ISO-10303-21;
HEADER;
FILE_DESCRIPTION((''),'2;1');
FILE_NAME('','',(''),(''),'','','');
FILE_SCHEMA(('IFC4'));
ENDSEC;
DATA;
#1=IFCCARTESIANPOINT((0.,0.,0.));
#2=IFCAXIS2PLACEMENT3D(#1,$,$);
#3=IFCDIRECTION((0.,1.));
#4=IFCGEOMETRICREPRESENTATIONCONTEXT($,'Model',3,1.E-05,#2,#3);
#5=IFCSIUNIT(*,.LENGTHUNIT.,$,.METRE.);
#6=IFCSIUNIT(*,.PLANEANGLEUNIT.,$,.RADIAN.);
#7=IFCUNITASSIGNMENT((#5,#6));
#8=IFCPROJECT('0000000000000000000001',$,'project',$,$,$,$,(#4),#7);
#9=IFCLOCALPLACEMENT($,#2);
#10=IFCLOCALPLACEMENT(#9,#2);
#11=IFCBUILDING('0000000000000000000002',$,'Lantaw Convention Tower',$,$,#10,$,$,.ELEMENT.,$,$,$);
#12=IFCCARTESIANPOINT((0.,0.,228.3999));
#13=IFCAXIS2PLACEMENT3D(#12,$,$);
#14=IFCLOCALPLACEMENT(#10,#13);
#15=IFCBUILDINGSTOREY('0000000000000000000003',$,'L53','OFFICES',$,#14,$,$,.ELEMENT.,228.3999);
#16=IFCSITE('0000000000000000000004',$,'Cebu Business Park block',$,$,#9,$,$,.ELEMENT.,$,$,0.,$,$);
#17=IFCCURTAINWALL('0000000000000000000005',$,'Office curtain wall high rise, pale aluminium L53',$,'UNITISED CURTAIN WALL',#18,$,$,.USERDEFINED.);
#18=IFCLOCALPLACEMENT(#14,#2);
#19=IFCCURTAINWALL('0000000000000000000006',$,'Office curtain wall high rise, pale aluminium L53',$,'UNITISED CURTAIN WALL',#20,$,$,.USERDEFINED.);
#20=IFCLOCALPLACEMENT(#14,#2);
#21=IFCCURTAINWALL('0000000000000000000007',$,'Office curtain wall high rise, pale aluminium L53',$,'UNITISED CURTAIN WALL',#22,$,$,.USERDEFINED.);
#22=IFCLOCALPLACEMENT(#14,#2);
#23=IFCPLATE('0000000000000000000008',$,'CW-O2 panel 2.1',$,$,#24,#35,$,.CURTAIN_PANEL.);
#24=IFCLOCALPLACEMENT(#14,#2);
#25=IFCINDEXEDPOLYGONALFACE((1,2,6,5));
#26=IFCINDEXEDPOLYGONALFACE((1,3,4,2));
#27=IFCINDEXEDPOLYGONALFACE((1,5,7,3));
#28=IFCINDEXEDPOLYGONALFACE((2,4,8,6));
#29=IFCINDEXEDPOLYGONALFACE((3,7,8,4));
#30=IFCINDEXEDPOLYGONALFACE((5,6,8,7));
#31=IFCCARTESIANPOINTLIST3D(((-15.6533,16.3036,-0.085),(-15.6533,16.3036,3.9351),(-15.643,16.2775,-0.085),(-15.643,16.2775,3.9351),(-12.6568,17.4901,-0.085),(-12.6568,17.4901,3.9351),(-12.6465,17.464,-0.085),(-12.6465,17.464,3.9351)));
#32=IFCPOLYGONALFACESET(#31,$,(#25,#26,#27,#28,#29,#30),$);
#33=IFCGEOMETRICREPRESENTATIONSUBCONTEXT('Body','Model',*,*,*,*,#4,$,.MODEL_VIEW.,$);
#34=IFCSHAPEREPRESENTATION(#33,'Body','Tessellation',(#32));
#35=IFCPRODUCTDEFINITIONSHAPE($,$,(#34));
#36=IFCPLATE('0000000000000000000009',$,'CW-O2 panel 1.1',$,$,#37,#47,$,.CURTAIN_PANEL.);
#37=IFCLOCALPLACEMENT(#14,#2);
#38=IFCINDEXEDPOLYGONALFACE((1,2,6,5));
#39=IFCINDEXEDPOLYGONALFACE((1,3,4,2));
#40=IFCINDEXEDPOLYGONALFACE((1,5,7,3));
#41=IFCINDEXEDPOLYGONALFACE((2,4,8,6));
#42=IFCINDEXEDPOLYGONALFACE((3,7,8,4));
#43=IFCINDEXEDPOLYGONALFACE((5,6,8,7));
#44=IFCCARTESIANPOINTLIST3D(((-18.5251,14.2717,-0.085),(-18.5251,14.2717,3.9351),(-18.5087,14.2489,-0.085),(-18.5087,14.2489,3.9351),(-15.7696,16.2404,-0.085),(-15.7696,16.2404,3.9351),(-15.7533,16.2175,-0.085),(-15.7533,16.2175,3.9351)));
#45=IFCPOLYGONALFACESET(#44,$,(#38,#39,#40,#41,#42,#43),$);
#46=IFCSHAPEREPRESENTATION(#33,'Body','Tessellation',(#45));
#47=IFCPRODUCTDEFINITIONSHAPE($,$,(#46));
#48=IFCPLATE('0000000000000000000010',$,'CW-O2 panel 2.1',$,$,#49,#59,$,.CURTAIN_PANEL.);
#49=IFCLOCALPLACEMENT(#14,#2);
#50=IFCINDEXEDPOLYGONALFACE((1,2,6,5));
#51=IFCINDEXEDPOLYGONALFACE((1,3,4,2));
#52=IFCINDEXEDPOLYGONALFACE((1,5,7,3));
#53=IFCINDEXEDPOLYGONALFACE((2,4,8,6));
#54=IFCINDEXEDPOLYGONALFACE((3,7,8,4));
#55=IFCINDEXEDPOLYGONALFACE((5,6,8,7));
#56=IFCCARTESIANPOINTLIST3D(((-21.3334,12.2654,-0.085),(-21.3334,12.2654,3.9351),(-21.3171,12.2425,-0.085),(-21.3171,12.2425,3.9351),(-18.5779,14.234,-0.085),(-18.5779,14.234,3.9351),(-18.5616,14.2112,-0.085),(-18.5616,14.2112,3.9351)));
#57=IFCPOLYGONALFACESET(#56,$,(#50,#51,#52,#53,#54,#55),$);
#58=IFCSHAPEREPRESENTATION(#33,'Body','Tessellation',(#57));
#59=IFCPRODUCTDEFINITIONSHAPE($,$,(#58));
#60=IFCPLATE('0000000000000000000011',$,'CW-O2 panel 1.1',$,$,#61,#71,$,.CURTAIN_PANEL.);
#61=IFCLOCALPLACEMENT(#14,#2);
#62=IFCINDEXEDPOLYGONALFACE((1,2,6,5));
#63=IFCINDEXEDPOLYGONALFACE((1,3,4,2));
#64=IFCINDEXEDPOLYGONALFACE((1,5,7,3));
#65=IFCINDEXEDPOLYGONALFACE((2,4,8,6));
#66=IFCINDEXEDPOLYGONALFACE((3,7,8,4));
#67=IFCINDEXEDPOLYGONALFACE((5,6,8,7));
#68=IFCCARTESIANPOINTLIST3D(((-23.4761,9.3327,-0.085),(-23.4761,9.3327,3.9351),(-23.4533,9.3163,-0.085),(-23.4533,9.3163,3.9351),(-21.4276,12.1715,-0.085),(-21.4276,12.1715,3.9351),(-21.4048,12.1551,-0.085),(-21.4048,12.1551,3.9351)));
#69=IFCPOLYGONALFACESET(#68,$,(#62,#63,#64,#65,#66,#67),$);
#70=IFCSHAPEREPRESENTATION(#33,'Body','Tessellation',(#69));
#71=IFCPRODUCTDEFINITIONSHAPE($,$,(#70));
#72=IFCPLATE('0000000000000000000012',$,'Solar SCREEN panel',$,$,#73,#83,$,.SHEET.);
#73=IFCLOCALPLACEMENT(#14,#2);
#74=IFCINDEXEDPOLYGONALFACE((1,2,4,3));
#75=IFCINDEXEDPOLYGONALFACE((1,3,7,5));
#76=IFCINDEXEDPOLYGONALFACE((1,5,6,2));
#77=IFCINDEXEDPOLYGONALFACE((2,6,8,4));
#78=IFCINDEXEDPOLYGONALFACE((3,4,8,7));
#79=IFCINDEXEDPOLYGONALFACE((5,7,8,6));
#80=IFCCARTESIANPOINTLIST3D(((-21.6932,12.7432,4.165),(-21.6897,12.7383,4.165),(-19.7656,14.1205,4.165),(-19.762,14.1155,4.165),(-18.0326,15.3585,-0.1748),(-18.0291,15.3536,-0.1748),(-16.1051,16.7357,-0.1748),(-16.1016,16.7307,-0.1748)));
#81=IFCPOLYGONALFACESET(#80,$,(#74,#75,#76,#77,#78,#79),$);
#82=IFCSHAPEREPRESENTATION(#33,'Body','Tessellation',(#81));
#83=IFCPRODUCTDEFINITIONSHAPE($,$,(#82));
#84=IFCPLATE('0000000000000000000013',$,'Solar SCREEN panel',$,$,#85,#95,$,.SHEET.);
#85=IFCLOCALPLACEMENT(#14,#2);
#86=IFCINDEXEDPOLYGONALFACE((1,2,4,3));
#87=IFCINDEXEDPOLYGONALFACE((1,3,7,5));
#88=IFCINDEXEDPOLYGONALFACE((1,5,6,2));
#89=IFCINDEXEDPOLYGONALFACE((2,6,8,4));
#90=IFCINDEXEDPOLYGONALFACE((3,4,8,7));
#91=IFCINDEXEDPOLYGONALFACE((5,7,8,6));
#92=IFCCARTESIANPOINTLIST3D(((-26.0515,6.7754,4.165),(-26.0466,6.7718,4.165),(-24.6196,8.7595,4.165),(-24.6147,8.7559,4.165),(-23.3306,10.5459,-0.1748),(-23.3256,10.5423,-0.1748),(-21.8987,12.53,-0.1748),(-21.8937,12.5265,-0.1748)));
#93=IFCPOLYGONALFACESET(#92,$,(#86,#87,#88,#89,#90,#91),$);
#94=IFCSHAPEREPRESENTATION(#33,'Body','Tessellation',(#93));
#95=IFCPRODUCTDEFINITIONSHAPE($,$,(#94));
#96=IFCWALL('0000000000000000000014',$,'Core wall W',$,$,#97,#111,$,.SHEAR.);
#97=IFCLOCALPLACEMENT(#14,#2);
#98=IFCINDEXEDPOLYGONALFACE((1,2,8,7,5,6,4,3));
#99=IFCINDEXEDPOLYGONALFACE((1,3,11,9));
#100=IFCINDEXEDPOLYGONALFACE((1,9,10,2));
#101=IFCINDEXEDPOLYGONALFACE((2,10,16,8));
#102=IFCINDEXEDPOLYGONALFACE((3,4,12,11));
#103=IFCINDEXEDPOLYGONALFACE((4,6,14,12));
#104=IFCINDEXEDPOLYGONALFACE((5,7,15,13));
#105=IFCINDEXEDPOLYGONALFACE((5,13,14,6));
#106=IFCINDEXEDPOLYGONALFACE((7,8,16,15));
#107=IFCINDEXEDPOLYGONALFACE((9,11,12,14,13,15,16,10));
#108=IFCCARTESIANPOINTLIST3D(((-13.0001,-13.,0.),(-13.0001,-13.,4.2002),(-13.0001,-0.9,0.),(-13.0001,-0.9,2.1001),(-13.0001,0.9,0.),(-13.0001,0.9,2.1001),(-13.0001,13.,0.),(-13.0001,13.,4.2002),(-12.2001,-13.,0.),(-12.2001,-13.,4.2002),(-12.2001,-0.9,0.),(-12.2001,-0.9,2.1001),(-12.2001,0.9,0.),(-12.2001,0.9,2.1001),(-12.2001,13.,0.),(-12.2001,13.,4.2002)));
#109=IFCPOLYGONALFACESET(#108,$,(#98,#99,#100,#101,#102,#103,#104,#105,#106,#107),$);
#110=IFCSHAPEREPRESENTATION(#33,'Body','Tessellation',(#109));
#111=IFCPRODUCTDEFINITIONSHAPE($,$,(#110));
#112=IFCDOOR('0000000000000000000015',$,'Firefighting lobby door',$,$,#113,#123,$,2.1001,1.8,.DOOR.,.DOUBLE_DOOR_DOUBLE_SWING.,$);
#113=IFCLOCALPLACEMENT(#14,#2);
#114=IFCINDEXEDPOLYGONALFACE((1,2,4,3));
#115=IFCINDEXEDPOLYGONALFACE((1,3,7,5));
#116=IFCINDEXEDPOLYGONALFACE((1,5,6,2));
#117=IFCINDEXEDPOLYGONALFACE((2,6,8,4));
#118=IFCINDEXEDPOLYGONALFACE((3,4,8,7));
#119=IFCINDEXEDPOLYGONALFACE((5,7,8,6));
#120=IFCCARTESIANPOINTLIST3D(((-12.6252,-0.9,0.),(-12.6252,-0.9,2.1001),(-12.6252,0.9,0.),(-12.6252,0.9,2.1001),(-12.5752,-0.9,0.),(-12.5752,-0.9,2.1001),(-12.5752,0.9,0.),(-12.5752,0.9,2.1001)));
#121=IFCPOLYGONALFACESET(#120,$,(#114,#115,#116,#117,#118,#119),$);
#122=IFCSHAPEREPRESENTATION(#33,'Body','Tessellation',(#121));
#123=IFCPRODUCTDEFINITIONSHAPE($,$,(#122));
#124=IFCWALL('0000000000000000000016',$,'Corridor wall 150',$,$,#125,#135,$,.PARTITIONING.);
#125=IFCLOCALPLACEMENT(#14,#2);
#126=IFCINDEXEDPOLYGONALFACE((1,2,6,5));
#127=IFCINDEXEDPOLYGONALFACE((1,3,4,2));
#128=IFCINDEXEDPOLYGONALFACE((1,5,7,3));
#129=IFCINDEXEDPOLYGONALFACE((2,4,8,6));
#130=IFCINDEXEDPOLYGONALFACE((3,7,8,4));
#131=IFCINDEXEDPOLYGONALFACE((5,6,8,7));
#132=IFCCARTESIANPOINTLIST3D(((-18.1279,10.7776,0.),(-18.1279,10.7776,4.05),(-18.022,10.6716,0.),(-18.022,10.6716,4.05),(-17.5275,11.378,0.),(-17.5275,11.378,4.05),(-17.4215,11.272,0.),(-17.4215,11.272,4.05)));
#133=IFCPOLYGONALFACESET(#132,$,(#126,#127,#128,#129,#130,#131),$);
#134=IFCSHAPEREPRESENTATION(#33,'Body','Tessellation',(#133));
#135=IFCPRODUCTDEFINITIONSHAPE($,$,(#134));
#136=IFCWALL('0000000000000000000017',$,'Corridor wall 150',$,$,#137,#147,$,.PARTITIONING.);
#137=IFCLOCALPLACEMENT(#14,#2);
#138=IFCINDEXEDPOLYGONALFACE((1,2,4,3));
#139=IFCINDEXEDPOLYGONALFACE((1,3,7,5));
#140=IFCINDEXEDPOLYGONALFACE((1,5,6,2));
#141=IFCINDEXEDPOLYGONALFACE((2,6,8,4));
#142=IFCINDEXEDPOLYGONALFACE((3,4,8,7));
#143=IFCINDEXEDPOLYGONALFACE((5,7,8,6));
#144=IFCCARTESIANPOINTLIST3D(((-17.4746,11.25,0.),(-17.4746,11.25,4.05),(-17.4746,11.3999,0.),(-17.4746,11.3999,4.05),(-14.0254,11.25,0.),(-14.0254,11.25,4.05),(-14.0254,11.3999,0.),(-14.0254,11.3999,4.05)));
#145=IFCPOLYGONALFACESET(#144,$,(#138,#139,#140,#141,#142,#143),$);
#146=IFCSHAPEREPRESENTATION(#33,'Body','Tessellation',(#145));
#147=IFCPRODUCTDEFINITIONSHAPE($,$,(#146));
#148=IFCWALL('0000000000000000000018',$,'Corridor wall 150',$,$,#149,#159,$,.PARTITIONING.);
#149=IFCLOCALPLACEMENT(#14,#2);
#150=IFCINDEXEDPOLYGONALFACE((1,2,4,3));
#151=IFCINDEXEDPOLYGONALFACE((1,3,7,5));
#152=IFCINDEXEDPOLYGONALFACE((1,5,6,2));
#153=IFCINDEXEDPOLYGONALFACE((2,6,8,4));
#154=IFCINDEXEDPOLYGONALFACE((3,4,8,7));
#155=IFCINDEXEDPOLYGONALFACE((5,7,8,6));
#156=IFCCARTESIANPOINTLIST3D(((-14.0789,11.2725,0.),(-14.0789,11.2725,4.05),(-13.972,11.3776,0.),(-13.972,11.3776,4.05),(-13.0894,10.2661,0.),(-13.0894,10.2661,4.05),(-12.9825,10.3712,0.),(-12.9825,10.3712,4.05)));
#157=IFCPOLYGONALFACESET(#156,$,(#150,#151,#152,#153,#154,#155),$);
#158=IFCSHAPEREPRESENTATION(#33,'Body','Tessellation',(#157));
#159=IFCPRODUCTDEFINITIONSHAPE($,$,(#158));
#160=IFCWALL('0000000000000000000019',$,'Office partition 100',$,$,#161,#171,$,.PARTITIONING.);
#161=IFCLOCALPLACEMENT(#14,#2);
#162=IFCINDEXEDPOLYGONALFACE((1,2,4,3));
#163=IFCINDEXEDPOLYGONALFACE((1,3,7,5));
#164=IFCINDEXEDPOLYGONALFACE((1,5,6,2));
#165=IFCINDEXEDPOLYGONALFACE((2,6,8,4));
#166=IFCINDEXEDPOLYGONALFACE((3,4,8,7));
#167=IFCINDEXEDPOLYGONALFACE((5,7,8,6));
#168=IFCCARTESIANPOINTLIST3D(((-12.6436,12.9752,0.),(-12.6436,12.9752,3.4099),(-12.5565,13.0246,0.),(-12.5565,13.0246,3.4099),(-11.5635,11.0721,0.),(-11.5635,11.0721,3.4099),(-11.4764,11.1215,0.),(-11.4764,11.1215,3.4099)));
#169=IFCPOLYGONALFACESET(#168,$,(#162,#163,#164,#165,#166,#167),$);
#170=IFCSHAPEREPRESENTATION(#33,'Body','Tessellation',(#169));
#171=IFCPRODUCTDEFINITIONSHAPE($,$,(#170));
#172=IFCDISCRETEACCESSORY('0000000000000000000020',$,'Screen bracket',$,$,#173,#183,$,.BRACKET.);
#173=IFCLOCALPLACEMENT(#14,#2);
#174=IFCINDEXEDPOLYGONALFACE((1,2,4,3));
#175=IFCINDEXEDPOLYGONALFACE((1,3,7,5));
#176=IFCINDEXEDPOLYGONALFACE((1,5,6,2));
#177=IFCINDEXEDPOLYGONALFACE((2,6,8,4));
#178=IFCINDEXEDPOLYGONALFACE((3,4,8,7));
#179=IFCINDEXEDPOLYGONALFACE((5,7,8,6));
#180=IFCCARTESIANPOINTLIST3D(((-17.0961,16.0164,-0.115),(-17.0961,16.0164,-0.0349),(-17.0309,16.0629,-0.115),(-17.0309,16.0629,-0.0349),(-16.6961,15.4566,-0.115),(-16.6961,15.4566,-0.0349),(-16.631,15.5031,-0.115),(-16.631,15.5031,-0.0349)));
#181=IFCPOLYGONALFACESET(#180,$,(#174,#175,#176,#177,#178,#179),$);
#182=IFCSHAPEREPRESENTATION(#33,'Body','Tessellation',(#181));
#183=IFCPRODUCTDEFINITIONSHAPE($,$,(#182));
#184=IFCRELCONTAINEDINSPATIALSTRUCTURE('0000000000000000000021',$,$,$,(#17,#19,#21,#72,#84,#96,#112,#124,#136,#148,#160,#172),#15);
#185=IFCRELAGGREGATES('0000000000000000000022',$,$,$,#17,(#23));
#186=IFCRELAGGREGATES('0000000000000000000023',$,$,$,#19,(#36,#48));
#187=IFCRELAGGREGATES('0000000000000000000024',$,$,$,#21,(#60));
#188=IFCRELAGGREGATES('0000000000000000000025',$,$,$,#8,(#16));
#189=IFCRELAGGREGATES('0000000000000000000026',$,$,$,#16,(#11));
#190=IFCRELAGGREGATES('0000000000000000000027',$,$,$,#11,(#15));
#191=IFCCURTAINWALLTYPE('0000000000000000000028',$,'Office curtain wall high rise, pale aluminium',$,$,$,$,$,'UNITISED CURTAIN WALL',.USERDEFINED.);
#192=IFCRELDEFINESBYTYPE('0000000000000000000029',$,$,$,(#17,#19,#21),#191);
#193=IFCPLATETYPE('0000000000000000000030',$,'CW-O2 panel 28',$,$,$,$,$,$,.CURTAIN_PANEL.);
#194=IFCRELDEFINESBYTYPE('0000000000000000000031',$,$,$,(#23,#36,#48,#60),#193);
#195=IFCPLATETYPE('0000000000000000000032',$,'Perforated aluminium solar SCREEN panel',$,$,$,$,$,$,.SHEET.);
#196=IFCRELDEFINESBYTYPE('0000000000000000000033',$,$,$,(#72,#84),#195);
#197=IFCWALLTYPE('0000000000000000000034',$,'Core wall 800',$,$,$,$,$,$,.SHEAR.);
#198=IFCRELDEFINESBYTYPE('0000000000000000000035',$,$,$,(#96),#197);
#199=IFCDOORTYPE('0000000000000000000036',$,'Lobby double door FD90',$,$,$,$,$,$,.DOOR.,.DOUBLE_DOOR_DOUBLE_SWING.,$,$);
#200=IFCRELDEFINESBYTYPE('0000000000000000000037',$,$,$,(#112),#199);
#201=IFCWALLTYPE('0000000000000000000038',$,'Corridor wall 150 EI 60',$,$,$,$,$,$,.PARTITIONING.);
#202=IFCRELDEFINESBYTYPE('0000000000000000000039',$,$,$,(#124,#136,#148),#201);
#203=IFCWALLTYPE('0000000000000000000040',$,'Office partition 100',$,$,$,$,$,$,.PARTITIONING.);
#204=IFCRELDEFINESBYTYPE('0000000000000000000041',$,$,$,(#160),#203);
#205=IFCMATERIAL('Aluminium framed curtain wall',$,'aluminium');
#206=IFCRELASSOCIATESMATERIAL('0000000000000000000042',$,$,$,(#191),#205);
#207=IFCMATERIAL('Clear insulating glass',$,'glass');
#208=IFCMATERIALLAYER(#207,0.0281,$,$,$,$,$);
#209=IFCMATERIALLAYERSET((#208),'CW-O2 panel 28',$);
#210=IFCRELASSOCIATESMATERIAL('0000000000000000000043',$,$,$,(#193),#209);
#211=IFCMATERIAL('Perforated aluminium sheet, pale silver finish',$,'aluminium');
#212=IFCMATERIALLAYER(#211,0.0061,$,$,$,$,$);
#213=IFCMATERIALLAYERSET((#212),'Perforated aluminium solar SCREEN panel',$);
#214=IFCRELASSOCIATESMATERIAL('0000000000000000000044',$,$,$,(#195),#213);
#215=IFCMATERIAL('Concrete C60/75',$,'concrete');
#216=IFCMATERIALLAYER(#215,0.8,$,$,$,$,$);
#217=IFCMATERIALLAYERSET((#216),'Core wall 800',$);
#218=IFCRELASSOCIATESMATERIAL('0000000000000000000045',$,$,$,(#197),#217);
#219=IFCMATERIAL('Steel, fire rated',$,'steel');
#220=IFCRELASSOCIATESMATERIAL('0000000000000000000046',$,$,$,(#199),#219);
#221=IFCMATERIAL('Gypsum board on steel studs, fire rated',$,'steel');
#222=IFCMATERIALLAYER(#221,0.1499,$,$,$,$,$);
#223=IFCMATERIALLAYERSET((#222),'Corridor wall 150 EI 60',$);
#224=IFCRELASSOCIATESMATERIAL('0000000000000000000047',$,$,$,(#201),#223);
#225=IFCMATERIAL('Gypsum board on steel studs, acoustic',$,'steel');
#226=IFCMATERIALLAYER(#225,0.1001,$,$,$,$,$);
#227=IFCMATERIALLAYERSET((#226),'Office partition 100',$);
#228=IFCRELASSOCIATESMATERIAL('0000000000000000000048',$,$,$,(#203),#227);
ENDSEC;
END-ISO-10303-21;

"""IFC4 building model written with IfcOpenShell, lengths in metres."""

from ifc_helpers import new_model, si_unit, direction, frame, frame_2d, origin, origin_2d, place, context, subcontext, project, spatial, polyline, rectangle, outline, extrude, material, layer, layer_set, type_object, element, fill, aggregate, save


model = new_model("IFC4")

# Units and contexts
model_context = context("Model", 3, precision=1e-05, world=origin(), true_north=direction((0.0, 1.0)))
body_context = subcontext(model_context, "Body", "Model", "MODEL_VIEW")
ifc_project = project(units=[si_unit("LENGTHUNIT", "METRE"), si_unit("PLANEANGLEUNIT", "RADIAN")], contexts=[model_context])

# Site, building, storey
site_placement = place(None, origin())
site = spatial("IfcSite", under=ifc_project, at=site_placement, Name="Cebu Business Park block", CompositionType="ELEMENT", RefElevation=0.0)
building_placement = place(site_placement, origin())
building = spatial("IfcBuilding", under=site, at=building_placement, Name="Lantaw Convention Tower", CompositionType="ELEMENT")
storey_placement = place(building_placement, frame((0.0, 0.0, 228.3999)))
storey = spatial("IfcBuildingStorey", under=building, at=storey_placement, Name="L53", Description="OFFICES", CompositionType="ELEMENT", Elevation=228.3999)

# Shared definitions
ifc_material_1 = material(Name="Concrete C60/75", Category="concrete")

# Curtain walls
ifc_material_2 = material(Name="Aluminium framed curtain wall", Category="aluminium")
curtain_wall_type = type_object("IfcCurtainWallType", Name="Office curtain wall high rise, pale aluminium", ElementType="UNITISED CURTAIN WALL", PredefinedType="USERDEFINED", material=ifc_material_2)
curtain_wall_1_placement = place(storey_placement, origin())
curtain_wall_1 = element("IfcCurtainWall", 1, at=curtain_wall_1_placement, inside=storey, type_object=curtain_wall_type, Name="Office curtain wall high rise, pale aluminium L53", ObjectType="UNITISED CURTAIN WALL", PredefinedType="USERDEFINED")
curtain_wall_2_placement = place(storey_placement, origin())
curtain_wall_2 = element("IfcCurtainWall", 2, at=curtain_wall_2_placement, inside=storey, type_object=curtain_wall_type, Name="Office curtain wall high rise, pale aluminium L53", ObjectType="UNITISED CURTAIN WALL", PredefinedType="USERDEFINED")
curtain_wall_3_placement = place(storey_placement, origin())
curtain_wall_3 = element("IfcCurtainWall", 3, at=curtain_wall_3_placement, inside=storey, type_object=curtain_wall_type, Name="Office curtain wall high rise, pale aluminium L53", ObjectType="UNITISED CURTAIN WALL", PredefinedType="USERDEFINED")

# Plates
ifc_material_3 = material(Name="Clear insulating glass", Category="glass")
ifc_layer_1 = layer(ifc_material_3, 0.0281)
ifc_layer_set_1 = layer_set([ifc_layer_1], Name="CW-O2 panel 28")
plate_type_1 = type_object("IfcPlateType", Name="CW-O2 panel 28", PredefinedType="CURTAIN_PANEL", material=ifc_layer_set_1)
plate_1_placement = place(storey_placement, frame((-14.1499, 16.8838, -0.085), z_axis=(0.0, 0.0, 1.0), x_axis=(-0.929762, -0.368162, 0.0)))
plate_1 = element("IfcPlate", 4, at=plate_1_placement, type_object=plate_type_1, Name="CW-O2 panel 2.1", PredefinedType="CURTAIN_PANEL", context=body_context, shape_type="SweptSolid", body=[
    extrude(rectangle(XDim=3.2229, YDim=0.0281, at=origin_2d()), origin(), (0.0, 0.0, 1.0), 4.02),
])
aggregate(curtain_wall_1, [plate_1])
plate_2_placement = place(storey_placement, frame((-17.1392, 15.2446, -0.085), z_axis=(0.0, 0.0, 1.0), x_axis=(-0.813673, -0.581323, 0.0)))
plate_2 = element("IfcPlate", 5, at=plate_2_placement, type_object=plate_type_1, Name="CW-O2 panel 1.1", PredefinedType="CURTAIN_PANEL", context=body_context, shape_type="SweptSolid", body=[
    extrude(rectangle(XDim=3.3865, YDim=0.0281, at=origin_2d()), origin(), (0.0, 0.0, 1.0), 4.02),
])
plate_3_placement = place(storey_placement, frame((-19.9475, 13.2383, -0.085), z_axis=(0.0, 0.0, 1.0), x_axis=(-0.813673, -0.581323, 0.0)))
plate_3 = element("IfcPlate", 6, at=plate_3_placement, type_object=plate_type_1, Name="CW-O2 panel 2.1", PredefinedType="CURTAIN_PANEL", context=body_context, shape_type="SweptSolid", body=[
    extrude(rectangle(XDim=3.3865, YDim=0.0281, at=origin_2d()), origin(), (0.0, 0.0, 1.0), 4.02),
])
aggregate(curtain_wall_2, [plate_2, plate_3])
plate_4_placement = place(storey_placement, frame((-22.4404, 10.7439, -0.085), z_axis=(0.0, 0.0, 1.0), x_axis=(-0.585158, -0.81092, 0.0)))
plate_4 = element("IfcPlate", 7, at=plate_4_placement, type_object=plate_type_1, Name="CW-O2 panel 1.1", PredefinedType="CURTAIN_PANEL", context=body_context, shape_type="SweptSolid", body=[
    extrude(rectangle(XDim=3.5007, YDim=0.0281, at=origin_2d()), origin(), (0.0, 0.0, 1.0), 4.02),
])
aggregate(curtain_wall_3, [plate_4])

# Plates
ifc_material_4 = material(Name="Perforated aluminium sheet, pale silver finish", Category="aluminium")
ifc_layer_2 = layer(ifc_material_4, 0.0061)
ifc_layer_set_2 = layer_set([ifc_layer_2], Name="Perforated aluminium solar SCREEN panel")
plate_type_2 = type_object("IfcPlateType", Name="Perforated aluminium solar SCREEN panel", PredefinedType="SHEET", material=ifc_layer_set_2)
plate_5_placement = place(storey_placement, frame((-16.1016, 16.7307, -0.1748), z_axis=(0.581331, -0.813667, 0.00001), x_axis=(-0.813667, -0.581331, 0.0)))
element("IfcPlate", 8, at=plate_5_placement, inside=storey, type_object=plate_type_2, Name="Solar SCREEN panel", PredefinedType="SHEET", context=body_context, shape_type="SweptSolid", body=[
    extrude(outline(polyline([(0.0, 0.0), (2.3689, 0.0), (6.8678, -4.3398), (4.4987, -4.3398), (0.0, 0.0)])), origin(), (0.0, 0.0, -1.0), 0.0061),
])
plate_6_placement = place(storey_placement, frame((-21.8987, 12.53, -0.1748), z_axis=(-0.810892, 0.585195, 0.00002), x_axis=(-0.585195, -0.810892, 0.0)))
element("IfcPlate", 9, at=plate_6_placement, inside=storey, type_object=plate_type_2, Name="Solar SCREEN panel", PredefinedType="SHEET", context=body_context, shape_type="SweptSolid", body=[
    extrude(outline(polyline([(0.0, 0.0), (2.4468, 0.0), (7.0966, 4.3398), (4.6498, 4.3398), (0.0, 0.0)])), origin(), (0.0, 0.0, -1.0), 0.0061),
])

# Wall, opening, door
ifc_layer_3 = layer(ifc_material_1, 0.8)
ifc_layer_set_3 = layer_set([ifc_layer_3], Name="Core wall 800")
wall_type_1 = type_object("IfcWallType", Name="Core wall 800", PredefinedType="SHEAR", material=ifc_layer_set_3)
wall_1_placement = place(storey_placement, frame((-12.6001, 13.0, 0.0), z_axis=(0.0, 0.0, 1.0), x_axis=(0.0, -1.0, 0.0)))
wall_1 = element("IfcWall", 10, at=wall_1_placement, inside=storey, type_object=wall_type_1, Name="Core wall W", PredefinedType="SHEAR", context=body_context, shape_type="SweptSolid", body=[
    extrude(rectangle(XDim=26.0, YDim=0.8, at=frame_2d((13.0, 0.0))), origin(), (0.0, 0.0, 1.0), 4.2002),
])
opening_placement = place(wall_1_placement, frame((12.1001, 0.0, 0.0)))
opening = element("IfcOpeningElement", 11, at=opening_placement, cuts=wall_1, PredefinedType="OPENING", context=body_context, shape_type="SweptSolid", body=[
    extrude(rectangle(XDim=1.8, YDim=2.1001, at=frame_2d((0.8999, 1.05))), frame((0.0, 0.4099, 0.0), z_axis=(0.0, -1.0, 0.0), x_axis=(1.0, 0.0, 0.0)), (0.0, 0.0, 1.0), 0.8201),
])
ifc_material_5 = material(Name="Steel, fire rated", Category="steel")
door_type = type_object("IfcDoorType", Name="Lobby double door FD90", OperationType="DOUBLE_DOOR_DOUBLE_SWING", PredefinedType="DOOR", material=ifc_material_5)
door_placement = place(opening_placement, origin())
door = element("IfcDoor", 12, at=door_placement, inside=storey, type_object=door_type, Name="Firefighting lobby door", OperationType="DOUBLE_DOOR_DOUBLE_SWING", OverallHeight=2.1001, OverallWidth=1.8, PredefinedType="DOOR", context=body_context, shape_type="SweptSolid", body=[
    extrude(rectangle(XDim=1.8, YDim=2.1001, at=frame_2d((0.8999, 1.05))), frame((0.0, 0.0249, 0.0), z_axis=(0.0, -1.0, 0.0), x_axis=(1.0, 0.0, 0.0)), (0.0, 0.0, 1.0), 0.05),
])
fill(opening, door)

# Walls
ifc_material_6 = material(Name="Gypsum board on steel studs, fire rated", Category="steel")
ifc_layer_4 = layer(ifc_material_6, 0.1499)
ifc_layer_set_4 = layer_set([ifc_layer_4], Name="Corridor wall 150 EI 60")
wall_type_2 = type_object("IfcWallType", Name="Corridor wall 150 EI 60", PredefinedType="PARTITIONING", material=ifc_layer_set_4)
wall_2_placement = place(storey_placement, frame((-18.075, 10.7246, 0.0), z_axis=(0.0, 0.0, 1.0), x_axis=(0.707107, 0.707107, 0.0)))
element("IfcWall", 13, at=wall_2_placement, inside=storey, type_object=wall_type_2, Name="Corridor wall 150", PredefinedType="PARTITIONING", context=body_context, shape_type="SweptSolid", body=[
    extrude(rectangle(XDim=0.8491, YDim=0.1499, at=frame_2d((0.4246, 0.0))), origin(), (0.0, 0.0, 1.0), 4.05),
])
wall_3_placement = place(storey_placement, frame((-17.4746, 11.325, 0.0), z_axis=(0.0, 0.0, 1.0), x_axis=(1.0, 0.0, 0.0)))
element("IfcWall", 14, at=wall_3_placement, inside=storey, type_object=wall_type_2, Name="Corridor wall 150", PredefinedType="PARTITIONING", context=body_context, shape_type="SweptSolid", body=[
    extrude(rectangle(XDim=3.4492, YDim=0.1499, at=frame_2d((1.7246, 0.0))), origin(), (0.0, 0.0, 1.0), 4.05),
])
wall_4_placement = place(storey_placement, frame((-14.0254, 11.325, 0.0), z_axis=(0.0, 0.0, 1.0), x_axis=(0.701114, -0.71305, 0.0)))
element("IfcWall", 15, at=wall_4_placement, inside=storey, type_object=wall_type_2, Name="Corridor wall 150", PredefinedType="PARTITIONING", context=body_context, shape_type="SweptSolid", body=[
    extrude(rectangle(XDim=1.4114, YDim=0.1499, at=frame_2d((0.7056, 0.0))), origin(), (0.0, 0.0, 1.0), 4.05),
])
ifc_material_7 = material(Name="Gypsum board on steel studs, acoustic", Category="steel")
ifc_layer_5 = layer(ifc_material_7, 0.1001)
ifc_layer_set_5 = layer_set([ifc_layer_5], Name="Office partition 100")
wall_type_3 = type_object("IfcWallType", Name="Office partition 100", PredefinedType="PARTITIONING", material=ifc_layer_set_5)
wall_5_placement = place(storey_placement, frame((-12.6001, 13.0, 0.0), z_axis=(0.0, 0.0, 1.0), x_axis=(0.49359, -0.869695, 0.0)))
element("IfcWall", 16, at=wall_5_placement, inside=storey, type_object=wall_type_3, Name="Office partition 100", PredefinedType="PARTITIONING", context=body_context, shape_type="SweptSolid", body=[
    extrude(rectangle(XDim=2.1882, YDim=0.1001, at=frame_2d((1.0942, 0.0))), origin(), (0.0, 0.0, 1.0), 3.4099),
])

# Discrete accessory
for number, where, z_axis, x_axis, name in (
    (17, (-16.8635, 15.7598, -0.115), (0.0, 0.0, 1.0), (-0.813673, -0.581323, 0.0), "Screen bracket"),
):
    element("IfcDiscreteAccessory", number, at=place(storey_placement, frame(where, z_axis=z_axis, x_axis=x_axis)), inside=storey, Name=name, PredefinedType="BRACKET", context=body_context, shape_type="SweptSolid", body=[
        extrude(rectangle(XDim=0.0801, YDim=0.688, at=origin_2d()), origin(), (0.0, 0.0, 1.0), 0.0801),
    ])

save(model, "model.ifc")
